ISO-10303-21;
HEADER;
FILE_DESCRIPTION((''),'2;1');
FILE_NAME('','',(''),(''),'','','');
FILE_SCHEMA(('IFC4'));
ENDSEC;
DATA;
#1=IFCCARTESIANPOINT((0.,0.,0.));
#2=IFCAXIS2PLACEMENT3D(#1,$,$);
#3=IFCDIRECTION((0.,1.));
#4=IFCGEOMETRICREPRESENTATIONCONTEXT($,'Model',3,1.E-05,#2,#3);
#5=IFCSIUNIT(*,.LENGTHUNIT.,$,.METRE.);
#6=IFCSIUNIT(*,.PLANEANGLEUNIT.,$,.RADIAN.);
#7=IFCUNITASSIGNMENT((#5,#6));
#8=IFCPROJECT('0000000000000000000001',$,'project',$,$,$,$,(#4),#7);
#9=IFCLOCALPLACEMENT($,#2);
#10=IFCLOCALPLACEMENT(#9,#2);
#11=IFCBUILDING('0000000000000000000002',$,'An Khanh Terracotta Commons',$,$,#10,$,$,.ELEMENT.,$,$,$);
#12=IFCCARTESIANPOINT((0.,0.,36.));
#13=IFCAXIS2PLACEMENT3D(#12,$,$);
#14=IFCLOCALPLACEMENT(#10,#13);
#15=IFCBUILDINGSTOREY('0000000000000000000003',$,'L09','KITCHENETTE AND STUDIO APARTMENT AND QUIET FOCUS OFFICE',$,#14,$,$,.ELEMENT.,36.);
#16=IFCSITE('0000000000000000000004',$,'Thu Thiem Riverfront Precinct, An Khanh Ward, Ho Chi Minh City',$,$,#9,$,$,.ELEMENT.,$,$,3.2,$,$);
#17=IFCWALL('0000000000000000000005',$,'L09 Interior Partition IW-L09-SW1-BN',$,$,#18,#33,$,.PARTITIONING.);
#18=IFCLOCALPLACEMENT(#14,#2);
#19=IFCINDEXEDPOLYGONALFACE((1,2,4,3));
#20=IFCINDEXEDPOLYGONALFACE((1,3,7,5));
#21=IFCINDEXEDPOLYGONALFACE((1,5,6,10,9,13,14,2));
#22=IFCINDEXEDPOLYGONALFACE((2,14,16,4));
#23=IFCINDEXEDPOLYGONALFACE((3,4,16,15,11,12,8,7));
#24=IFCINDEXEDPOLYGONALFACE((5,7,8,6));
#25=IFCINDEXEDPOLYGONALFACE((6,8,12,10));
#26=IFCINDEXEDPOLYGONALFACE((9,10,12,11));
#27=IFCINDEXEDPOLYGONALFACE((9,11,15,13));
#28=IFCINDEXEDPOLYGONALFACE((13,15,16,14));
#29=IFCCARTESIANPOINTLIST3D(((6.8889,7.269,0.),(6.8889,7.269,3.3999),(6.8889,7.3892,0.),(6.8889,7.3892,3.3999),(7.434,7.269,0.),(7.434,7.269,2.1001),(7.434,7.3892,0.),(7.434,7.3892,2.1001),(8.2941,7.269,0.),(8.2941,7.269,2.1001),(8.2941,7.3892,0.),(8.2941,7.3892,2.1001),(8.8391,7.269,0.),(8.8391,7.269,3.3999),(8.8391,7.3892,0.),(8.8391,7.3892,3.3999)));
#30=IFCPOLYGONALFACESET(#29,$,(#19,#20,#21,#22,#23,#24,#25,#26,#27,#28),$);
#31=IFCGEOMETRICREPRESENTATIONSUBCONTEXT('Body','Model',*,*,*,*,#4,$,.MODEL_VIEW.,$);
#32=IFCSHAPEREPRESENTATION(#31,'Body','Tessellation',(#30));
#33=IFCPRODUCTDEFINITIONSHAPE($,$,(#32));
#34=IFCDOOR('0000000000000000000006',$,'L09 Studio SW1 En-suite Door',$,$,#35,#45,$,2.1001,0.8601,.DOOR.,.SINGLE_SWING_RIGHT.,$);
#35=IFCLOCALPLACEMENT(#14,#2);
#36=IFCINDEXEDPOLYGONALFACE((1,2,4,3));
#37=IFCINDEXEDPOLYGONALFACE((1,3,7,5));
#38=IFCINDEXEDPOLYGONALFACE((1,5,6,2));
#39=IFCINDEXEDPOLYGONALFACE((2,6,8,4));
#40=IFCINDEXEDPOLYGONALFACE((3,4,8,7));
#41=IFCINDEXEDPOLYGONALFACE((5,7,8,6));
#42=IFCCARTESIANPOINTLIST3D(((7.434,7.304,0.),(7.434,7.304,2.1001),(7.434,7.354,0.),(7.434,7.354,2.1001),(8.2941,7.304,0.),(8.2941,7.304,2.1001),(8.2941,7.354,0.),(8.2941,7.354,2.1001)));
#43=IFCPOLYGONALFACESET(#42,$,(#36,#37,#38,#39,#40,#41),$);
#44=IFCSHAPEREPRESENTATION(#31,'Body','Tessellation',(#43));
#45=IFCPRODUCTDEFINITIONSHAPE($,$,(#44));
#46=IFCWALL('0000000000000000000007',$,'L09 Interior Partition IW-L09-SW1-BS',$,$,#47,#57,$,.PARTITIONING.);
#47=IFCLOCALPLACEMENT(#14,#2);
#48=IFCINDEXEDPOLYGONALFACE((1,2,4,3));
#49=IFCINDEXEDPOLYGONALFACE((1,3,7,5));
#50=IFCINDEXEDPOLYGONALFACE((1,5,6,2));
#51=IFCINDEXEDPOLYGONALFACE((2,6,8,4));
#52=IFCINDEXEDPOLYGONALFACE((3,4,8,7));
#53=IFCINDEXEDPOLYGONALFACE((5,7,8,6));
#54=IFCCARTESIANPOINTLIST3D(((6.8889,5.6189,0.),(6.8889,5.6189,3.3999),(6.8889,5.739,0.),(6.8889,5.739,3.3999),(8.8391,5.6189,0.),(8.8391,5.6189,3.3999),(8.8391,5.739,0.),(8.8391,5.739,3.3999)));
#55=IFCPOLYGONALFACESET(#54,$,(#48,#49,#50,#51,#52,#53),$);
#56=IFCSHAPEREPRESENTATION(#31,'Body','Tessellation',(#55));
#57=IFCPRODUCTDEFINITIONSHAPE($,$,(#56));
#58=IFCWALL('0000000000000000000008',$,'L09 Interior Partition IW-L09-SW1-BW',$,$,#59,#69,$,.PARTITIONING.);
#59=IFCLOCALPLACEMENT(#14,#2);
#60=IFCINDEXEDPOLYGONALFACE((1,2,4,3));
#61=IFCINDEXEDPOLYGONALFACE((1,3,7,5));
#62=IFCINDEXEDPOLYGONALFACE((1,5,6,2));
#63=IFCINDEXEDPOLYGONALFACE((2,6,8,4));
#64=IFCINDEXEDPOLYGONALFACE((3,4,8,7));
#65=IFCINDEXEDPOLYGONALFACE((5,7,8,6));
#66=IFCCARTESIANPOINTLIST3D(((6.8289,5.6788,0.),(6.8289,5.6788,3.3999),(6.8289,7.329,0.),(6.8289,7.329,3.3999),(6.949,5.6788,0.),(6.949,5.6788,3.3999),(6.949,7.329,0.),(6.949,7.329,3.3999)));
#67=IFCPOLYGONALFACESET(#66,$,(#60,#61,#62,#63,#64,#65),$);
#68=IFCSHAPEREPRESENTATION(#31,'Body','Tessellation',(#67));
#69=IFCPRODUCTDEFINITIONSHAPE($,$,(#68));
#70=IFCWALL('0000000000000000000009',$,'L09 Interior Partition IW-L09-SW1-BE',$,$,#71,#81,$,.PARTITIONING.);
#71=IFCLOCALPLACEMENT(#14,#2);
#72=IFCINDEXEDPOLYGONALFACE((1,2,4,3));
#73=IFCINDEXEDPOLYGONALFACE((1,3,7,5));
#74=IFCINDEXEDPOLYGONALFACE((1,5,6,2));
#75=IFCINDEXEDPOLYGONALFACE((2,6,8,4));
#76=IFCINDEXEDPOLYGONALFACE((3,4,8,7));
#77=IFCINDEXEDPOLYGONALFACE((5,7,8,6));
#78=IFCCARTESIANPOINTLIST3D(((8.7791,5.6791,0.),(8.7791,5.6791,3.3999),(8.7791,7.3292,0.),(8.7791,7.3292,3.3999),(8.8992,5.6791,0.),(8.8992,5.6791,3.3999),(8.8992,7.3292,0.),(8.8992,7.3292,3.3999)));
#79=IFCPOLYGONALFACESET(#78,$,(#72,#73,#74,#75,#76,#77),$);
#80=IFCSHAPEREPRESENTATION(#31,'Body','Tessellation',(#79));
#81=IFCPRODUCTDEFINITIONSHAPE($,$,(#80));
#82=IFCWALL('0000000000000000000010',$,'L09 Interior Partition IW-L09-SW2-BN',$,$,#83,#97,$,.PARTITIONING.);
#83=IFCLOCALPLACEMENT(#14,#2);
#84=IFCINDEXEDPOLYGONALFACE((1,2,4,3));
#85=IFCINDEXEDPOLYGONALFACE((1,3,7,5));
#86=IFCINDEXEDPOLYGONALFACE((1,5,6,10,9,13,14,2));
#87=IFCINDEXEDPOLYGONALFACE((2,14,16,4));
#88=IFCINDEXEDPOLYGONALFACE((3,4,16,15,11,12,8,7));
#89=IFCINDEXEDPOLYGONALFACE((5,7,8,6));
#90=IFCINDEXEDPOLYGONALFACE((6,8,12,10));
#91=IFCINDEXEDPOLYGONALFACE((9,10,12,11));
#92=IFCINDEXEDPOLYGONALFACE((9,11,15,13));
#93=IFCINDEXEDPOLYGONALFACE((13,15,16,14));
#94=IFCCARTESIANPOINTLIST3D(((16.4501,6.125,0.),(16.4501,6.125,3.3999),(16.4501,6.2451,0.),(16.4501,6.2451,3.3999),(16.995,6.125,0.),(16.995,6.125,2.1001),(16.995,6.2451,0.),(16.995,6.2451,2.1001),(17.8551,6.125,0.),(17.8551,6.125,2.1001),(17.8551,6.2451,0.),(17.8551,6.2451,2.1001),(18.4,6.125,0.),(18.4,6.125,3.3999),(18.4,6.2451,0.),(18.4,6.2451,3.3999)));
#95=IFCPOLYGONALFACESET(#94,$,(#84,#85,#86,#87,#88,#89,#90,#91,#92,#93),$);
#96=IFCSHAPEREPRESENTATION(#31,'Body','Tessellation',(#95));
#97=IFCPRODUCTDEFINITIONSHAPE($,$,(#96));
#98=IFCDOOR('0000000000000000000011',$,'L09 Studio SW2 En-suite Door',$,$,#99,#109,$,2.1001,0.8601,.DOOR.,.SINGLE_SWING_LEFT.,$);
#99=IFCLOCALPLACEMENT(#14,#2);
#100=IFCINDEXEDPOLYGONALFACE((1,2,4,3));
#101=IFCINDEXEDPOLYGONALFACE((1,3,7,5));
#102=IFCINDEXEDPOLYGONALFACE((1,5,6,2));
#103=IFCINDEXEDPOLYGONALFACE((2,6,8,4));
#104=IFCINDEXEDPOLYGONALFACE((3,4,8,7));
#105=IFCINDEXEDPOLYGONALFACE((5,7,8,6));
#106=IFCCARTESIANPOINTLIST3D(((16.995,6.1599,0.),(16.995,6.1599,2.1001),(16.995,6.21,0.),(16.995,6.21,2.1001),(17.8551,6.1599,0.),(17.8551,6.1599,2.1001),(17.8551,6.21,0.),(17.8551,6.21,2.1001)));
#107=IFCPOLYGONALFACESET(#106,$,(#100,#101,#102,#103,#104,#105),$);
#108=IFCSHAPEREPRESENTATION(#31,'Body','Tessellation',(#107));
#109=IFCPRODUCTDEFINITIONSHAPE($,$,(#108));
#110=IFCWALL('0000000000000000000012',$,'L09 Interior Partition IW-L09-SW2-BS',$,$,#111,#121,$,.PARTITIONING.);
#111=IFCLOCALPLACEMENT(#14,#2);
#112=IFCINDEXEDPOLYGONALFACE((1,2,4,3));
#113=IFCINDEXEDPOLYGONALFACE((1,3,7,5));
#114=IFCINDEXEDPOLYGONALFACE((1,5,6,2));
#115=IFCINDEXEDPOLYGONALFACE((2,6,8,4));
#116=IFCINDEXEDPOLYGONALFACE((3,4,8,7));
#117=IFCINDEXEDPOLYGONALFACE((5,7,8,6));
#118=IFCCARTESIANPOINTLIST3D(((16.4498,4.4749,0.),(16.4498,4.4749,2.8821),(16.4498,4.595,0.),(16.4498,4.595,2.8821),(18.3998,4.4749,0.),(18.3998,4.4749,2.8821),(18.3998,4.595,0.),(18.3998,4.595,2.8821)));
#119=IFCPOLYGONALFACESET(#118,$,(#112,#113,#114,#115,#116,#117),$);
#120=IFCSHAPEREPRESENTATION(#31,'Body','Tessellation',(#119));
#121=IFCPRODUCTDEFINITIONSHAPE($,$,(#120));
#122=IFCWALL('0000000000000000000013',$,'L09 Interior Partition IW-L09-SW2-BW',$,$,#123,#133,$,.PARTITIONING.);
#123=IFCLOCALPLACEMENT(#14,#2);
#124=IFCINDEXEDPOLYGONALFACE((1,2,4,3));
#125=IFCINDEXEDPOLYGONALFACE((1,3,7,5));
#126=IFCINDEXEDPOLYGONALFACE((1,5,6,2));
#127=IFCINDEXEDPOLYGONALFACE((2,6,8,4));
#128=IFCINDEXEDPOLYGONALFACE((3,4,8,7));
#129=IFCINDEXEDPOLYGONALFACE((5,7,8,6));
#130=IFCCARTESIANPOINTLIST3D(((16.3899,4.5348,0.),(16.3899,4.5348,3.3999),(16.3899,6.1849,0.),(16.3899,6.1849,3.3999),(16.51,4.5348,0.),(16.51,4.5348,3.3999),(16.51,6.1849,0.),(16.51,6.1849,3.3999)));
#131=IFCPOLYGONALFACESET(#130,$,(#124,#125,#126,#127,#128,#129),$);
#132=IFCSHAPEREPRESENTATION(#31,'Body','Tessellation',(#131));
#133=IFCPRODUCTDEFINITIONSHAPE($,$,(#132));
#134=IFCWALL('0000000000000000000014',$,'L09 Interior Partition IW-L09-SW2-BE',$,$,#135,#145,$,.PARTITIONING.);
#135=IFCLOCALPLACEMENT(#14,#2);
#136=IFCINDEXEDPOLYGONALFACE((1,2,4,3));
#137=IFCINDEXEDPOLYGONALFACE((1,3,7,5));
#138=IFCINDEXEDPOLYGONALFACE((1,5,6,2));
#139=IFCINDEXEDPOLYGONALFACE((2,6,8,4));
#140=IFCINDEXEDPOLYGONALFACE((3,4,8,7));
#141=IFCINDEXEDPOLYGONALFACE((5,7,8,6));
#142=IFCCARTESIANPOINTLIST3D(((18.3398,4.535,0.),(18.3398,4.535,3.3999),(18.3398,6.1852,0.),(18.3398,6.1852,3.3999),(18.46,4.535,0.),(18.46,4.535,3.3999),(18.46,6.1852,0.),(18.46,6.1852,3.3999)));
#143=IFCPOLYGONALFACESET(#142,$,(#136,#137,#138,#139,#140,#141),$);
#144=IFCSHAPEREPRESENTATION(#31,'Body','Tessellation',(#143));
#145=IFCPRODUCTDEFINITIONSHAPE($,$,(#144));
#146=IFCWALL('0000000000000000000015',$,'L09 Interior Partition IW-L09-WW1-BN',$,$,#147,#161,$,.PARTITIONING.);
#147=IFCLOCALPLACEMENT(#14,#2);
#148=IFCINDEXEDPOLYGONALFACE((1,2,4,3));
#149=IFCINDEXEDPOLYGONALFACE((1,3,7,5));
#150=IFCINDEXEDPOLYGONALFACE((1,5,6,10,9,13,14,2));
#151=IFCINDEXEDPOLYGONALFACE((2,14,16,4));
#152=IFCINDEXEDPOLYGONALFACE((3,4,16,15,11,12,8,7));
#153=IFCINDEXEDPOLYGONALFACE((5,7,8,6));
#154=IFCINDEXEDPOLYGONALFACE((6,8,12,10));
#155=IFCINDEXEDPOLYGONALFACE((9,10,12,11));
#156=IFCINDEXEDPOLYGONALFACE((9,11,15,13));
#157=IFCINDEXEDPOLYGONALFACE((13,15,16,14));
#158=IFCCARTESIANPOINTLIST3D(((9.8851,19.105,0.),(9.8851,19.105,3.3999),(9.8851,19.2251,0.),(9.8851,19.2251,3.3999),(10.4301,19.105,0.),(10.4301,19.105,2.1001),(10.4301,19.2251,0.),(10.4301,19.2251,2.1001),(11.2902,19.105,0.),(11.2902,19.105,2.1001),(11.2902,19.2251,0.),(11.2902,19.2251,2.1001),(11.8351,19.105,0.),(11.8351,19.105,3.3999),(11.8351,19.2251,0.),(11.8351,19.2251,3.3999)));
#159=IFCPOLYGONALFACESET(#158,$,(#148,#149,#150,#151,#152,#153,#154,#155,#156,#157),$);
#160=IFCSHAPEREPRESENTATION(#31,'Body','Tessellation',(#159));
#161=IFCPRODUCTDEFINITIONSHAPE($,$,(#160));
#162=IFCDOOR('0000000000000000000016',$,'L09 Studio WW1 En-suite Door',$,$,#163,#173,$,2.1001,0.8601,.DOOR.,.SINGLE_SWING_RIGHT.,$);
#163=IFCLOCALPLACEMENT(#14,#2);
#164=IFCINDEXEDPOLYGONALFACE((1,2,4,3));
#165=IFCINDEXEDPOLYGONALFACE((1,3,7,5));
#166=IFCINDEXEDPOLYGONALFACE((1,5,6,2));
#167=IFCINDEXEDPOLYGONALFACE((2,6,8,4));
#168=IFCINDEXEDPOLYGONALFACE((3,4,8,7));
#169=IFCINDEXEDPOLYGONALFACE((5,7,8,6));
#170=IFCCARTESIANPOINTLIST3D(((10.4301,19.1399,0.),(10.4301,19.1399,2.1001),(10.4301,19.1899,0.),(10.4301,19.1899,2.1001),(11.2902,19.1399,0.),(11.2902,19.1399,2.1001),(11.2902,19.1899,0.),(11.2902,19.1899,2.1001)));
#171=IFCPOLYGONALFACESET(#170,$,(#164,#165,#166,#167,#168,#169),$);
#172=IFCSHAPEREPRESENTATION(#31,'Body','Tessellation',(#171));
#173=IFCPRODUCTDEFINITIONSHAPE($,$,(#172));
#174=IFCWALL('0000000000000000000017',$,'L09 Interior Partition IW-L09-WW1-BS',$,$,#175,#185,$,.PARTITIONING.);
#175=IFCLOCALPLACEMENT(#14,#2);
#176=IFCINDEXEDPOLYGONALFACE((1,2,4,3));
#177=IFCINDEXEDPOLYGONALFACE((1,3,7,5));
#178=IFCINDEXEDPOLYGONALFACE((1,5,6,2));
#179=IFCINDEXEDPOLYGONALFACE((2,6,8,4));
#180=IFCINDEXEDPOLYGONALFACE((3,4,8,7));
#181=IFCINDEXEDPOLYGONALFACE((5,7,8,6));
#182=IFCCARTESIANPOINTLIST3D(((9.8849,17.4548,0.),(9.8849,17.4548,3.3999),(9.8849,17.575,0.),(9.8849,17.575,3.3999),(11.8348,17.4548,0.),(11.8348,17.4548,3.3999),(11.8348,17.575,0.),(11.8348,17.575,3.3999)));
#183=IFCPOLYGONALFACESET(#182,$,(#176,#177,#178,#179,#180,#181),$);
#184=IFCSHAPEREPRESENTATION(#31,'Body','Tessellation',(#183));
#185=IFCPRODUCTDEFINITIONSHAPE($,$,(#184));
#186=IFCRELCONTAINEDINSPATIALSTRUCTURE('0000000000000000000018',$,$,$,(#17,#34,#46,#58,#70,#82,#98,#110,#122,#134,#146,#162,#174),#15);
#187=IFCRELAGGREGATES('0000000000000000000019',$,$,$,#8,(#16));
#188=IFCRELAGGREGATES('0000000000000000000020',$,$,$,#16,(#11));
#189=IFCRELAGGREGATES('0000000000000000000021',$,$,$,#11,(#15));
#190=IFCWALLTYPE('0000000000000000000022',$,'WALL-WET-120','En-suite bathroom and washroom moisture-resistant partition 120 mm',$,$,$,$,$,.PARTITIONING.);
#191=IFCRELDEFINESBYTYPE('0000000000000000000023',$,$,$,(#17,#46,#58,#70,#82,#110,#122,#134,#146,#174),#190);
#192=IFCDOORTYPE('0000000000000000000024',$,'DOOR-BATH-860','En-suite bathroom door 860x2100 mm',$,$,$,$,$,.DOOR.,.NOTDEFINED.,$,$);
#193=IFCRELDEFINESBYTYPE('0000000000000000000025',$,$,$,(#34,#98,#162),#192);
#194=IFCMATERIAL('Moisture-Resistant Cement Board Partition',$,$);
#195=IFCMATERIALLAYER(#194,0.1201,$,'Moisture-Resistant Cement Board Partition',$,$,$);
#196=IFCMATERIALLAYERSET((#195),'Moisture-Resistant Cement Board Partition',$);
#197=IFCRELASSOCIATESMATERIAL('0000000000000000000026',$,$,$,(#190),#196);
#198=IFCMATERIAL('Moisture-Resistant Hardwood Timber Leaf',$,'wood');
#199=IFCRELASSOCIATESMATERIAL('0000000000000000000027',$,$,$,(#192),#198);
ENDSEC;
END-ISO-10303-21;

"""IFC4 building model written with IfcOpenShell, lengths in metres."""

from ifc_helpers import new_model, si_unit, direction, frame, frame_2d, origin, place, context, subcontext, project, spatial, rectangle, extrude, material, layer, layer_set, type_object, element, fill, save


model = new_model("IFC4")

# Units and contexts
model_context = context("Model", 3, precision=1e-05, world=origin(), true_north=direction((0.0, 1.0)))
body_context = subcontext(model_context, "Body", "Model", "MODEL_VIEW")
ifc_project = project(units=[si_unit("LENGTHUNIT", "METRE"), si_unit("PLANEANGLEUNIT", "RADIAN")], contexts=[model_context])

# Site, building, storey
site_placement = place(None, origin())
site = spatial("IfcSite", under=ifc_project, at=site_placement, Name="Thu Thiem Riverfront Precinct, An Khanh Ward, Ho Chi Minh City", CompositionType="ELEMENT", RefElevation=3.2)
building_placement = place(site_placement, origin())
building = spatial("IfcBuilding", under=site, at=building_placement, Name="An Khanh Terracotta Commons", CompositionType="ELEMENT")
storey_placement = place(building_placement, frame((0.0, 0.0, 36.0)))
storey = spatial("IfcBuildingStorey", under=building, at=storey_placement, Name="L09", Description="KITCHENETTE AND STUDIO APARTMENT AND QUIET FOCUS OFFICE", CompositionType="ELEMENT", Elevation=36.0)

# Wall, opening, door
ifc_material_1 = material(Name="Moisture-Resistant Cement Board Partition")
ifc_layer_1 = layer(ifc_material_1, 0.1201, Name="Moisture-Resistant Cement Board Partition")
ifc_layer_set_1 = layer_set([ifc_layer_1], Name="Moisture-Resistant Cement Board Partition")
wall_type_1 = type_object("IfcWallType", Name="WALL-WET-120", Description="En-suite bathroom and washroom moisture-resistant partition 120 mm", PredefinedType="PARTITIONING", material=ifc_layer_set_1)
wall_1_placement = place(storey_placement, frame((6.8889, 7.3291, 0.0), z_axis=(0.0, 0.0, 1.0), x_axis=(1.0, 0.0, 0.0)))
wall_1 = element("IfcWall", 1, at=wall_1_placement, inside=storey, type_object=wall_type_1, Name="L09 Interior Partition IW-L09-SW1-BN", PredefinedType="PARTITIONING", context=body_context, shape_type="SweptSolid", body=[
    extrude(rectangle(XDim=1.9502, YDim=0.1201, at=frame_2d((0.9751, 0.0))), origin(), (0.0, 0.0, 1.0), 3.3999),
])
opening_1_placement = place(wall_1_placement, frame((0.5449, 0.0, 0.0)))
opening_1 = element("IfcOpeningElement", 2, at=opening_1_placement, cuts=wall_1, PredefinedType="OPENING", context=body_context, shape_type="SweptSolid", body=[
    extrude(rectangle(XDim=0.8601, YDim=2.1001, at=frame_2d((0.4302, 1.05))), frame((0.0, 0.0701, 0.0), z_axis=(0.0, -1.0, 0.0), x_axis=(1.0, 0.0, 0.0)), (0.0, 0.0, 1.0), 0.1401),
])
ifc_material_2 = material(Name="Moisture-Resistant Hardwood Timber Leaf", Category="wood")
door_type_1 = type_object("IfcDoorType", Name="DOOR-BATH-860", Description="En-suite bathroom door 860x2100 mm", OperationType="NOTDEFINED", PredefinedType="DOOR", material=ifc_material_2)
door_1_placement = place(opening_1_placement, origin())
door_1 = element("IfcDoor", 3, at=door_1_placement, inside=storey, type_object=door_type_1, Name="L09 Studio SW1 En-suite Door", OperationType="SINGLE_SWING_RIGHT", OverallHeight=2.1001, OverallWidth=0.8601, PredefinedType="DOOR", context=body_context, shape_type="SweptSolid", body=[
    extrude(rectangle(XDim=0.8601, YDim=2.1001, at=frame_2d((0.4302, 1.05))), frame((0.0, 0.0249, 0.0), z_axis=(0.0, -1.0, 0.0), x_axis=(1.0, 0.0, 0.0)), (0.0, 0.0, 1.0), 0.05),
])
fill(opening_1, door_1)

# Walls
wall_2_placement = place(storey_placement, frame((8.8391, 5.679, 0.0), z_axis=(0.0, 0.0, 1.0), x_axis=(-1.0, 0.0, 0.0)))
element("IfcWall", 4, at=wall_2_placement, inside=storey, type_object=wall_type_1, Name="L09 Interior Partition IW-L09-SW1-BS", PredefinedType="PARTITIONING", context=body_context, shape_type="SweptSolid", body=[
    extrude(rectangle(XDim=1.9502, YDim=0.1201, at=frame_2d((0.9751, 0.0))), origin(), (0.0, 0.0, 1.0), 3.3999),
])
for number, where, z_axis, x_axis, name in (
    (5, (6.8889, 7.3291, 0.0), (0.0, 0.0, 1.0), (0.0, -1.0, 0.0), "L09 Interior Partition IW-L09-SW1-BW"),
    (6, (8.8391, 5.679, 0.0), (0.0, 0.0, 1.0), (0.0, 1.0, 0.0), "L09 Interior Partition IW-L09-SW1-BE"),
):
    element("IfcWall", number, at=place(storey_placement, frame(where, z_axis=z_axis, x_axis=x_axis)), inside=storey, type_object=wall_type_1, Name=name, PredefinedType="PARTITIONING", context=body_context, shape_type="SweptSolid", body=[
        extrude(rectangle(XDim=1.6501, YDim=0.1201, at=frame_2d((0.8252, 0.0))), origin(), (0.0, 0.0, 1.0), 3.3999),
    ])

# Wall, opening, door
wall_3_placement = place(storey_placement, frame((16.45, 6.1851, 0.0), z_axis=(0.0, 0.0, 1.0), x_axis=(1.0, 0.0, 0.0)))
wall_3 = element("IfcWall", 7, at=wall_3_placement, inside=storey, type_object=wall_type_1, Name="L09 Interior Partition IW-L09-SW2-BN", PredefinedType="PARTITIONING", context=body_context, shape_type="SweptSolid", body=[
    extrude(rectangle(XDim=1.95, YDim=0.1201, at=frame_2d((0.9751, 0.0))), origin(), (0.0, 0.0, 1.0), 3.3999),
])
opening_2_placement = place(wall_3_placement, frame((0.5449, 0.0, 0.0)))
opening_2 = element("IfcOpeningElement", 8, at=opening_2_placement, cuts=wall_3, PredefinedType="OPENING", context=body_context, shape_type="SweptSolid", body=[
    extrude(rectangle(XDim=0.8601, YDim=2.1001, at=frame_2d((0.4302, 1.05))), frame((0.0, 0.0701, 0.0), z_axis=(0.0, -1.0, 0.0), x_axis=(1.0, 0.0, 0.0)), (0.0, 0.0, 1.0), 0.1401),
])
door_2_placement = place(opening_2_placement, origin())
door_2 = element("IfcDoor", 9, at=door_2_placement, inside=storey, type_object=door_type_1, Name="L09 Studio SW2 En-suite Door", OperationType="SINGLE_SWING_LEFT", OverallHeight=2.1001, OverallWidth=0.8601, PredefinedType="DOOR", context=body_context, shape_type="SweptSolid", body=[
    extrude(rectangle(XDim=0.8601, YDim=2.1001, at=frame_2d((0.4302, 1.05))), frame((0.0, 0.0249, 0.0), z_axis=(0.0, -1.0, 0.0), x_axis=(1.0, 0.0, 0.0)), (0.0, 0.0, 1.0), 0.05),
])
fill(opening_2, door_2)

# Walls
wall_4_placement = place(storey_placement, frame((18.3999, 4.5349, 0.0), z_axis=(0.0, 0.0, 1.0), x_axis=(-1.0, 0.0, 0.0)))
element("IfcWall", 10, at=wall_4_placement, inside=storey, type_object=wall_type_1, Name="L09 Interior Partition IW-L09-SW2-BS", PredefinedType="PARTITIONING", context=body_context, shape_type="SweptSolid", body=[
    extrude(rectangle(XDim=1.95, YDim=0.1201, at=frame_2d((0.9751, 0.0))), origin(), (0.0, 0.0, 1.0), 2.8821),
])
for number, where, z_axis, x_axis, name in (
    (11, (16.45, 6.1851, 0.0), (0.0, 0.0, 1.0), (0.0, -1.0, 0.0), "L09 Interior Partition IW-L09-SW2-BW"),
    (12, (18.3999, 4.5349, 0.0), (0.0, 0.0, 1.0), (0.0, 1.0, 0.0), "L09 Interior Partition IW-L09-SW2-BE"),
):
    element("IfcWall", number, at=place(storey_placement, frame(where, z_axis=z_axis, x_axis=x_axis)), inside=storey, type_object=wall_type_1, Name=name, PredefinedType="PARTITIONING", context=body_context, shape_type="SweptSolid", body=[
        extrude(rectangle(XDim=1.6501, YDim=0.1201, at=frame_2d((0.8252, 0.0))), origin(), (0.0, 0.0, 1.0), 3.3999),
    ])

# Wall, opening, door
wall_5_placement = place(storey_placement, frame((9.885, 19.165, 0.0), z_axis=(0.0, 0.0, 1.0), x_axis=(1.0, 0.0, 0.0)))
wall_5 = element("IfcWall", 13, at=wall_5_placement, inside=storey, type_object=wall_type_1, Name="L09 Interior Partition IW-L09-WW1-BN", PredefinedType="PARTITIONING", context=body_context, shape_type="SweptSolid", body=[
    extrude(rectangle(XDim=1.95, YDim=0.1201, at=frame_2d((0.9751, 0.0))), origin(), (0.0, 0.0, 1.0), 3.3999),
])
opening_3_placement = place(wall_5_placement, frame((0.5449, 0.0, 0.0)))
opening_3 = element("IfcOpeningElement", 14, at=opening_3_placement, cuts=wall_5, PredefinedType="OPENING", context=body_context, shape_type="SweptSolid", body=[
    extrude(rectangle(XDim=0.8601, YDim=2.1001, at=frame_2d((0.4302, 1.05))), frame((0.0, 0.0701, 0.0), z_axis=(0.0, -1.0, 0.0), x_axis=(1.0, 0.0, 0.0)), (0.0, 0.0, 1.0), 0.1401),
])
door_3_placement = place(opening_3_placement, origin())
door_3 = element("IfcDoor", 15, at=door_3_placement, inside=storey, type_object=door_type_1, Name="L09 Studio WW1 En-suite Door", OperationType="SINGLE_SWING_RIGHT", OverallHeight=2.1001, OverallWidth=0.8601, PredefinedType="DOOR", context=body_context, shape_type="SweptSolid", body=[
    extrude(rectangle(XDim=0.8601, YDim=2.1001, at=frame_2d((0.4302, 1.05))), frame((0.0, 0.0249, 0.0), z_axis=(0.0, -1.0, 0.0), x_axis=(1.0, 0.0, 0.0)), (0.0, 0.0, 1.0), 0.05),
])
fill(opening_3, door_3)

# Wall
wall_6_placement = place(storey_placement, frame((11.835, 17.5149, 0.0), z_axis=(0.0, 0.0, 1.0), x_axis=(-1.0, 0.0, 0.0)))
element("IfcWall", 16, at=wall_6_placement, inside=storey, type_object=wall_type_1, Name="L09 Interior Partition IW-L09-WW1-BS", PredefinedType="PARTITIONING", context=body_context, shape_type="SweptSolid", body=[
    extrude(rectangle(XDim=1.95, YDim=0.1201, at=frame_2d((0.9751, 0.0))), origin(), (0.0, 0.0, 1.0), 3.3999),
])

save(model, "model.ifc")
